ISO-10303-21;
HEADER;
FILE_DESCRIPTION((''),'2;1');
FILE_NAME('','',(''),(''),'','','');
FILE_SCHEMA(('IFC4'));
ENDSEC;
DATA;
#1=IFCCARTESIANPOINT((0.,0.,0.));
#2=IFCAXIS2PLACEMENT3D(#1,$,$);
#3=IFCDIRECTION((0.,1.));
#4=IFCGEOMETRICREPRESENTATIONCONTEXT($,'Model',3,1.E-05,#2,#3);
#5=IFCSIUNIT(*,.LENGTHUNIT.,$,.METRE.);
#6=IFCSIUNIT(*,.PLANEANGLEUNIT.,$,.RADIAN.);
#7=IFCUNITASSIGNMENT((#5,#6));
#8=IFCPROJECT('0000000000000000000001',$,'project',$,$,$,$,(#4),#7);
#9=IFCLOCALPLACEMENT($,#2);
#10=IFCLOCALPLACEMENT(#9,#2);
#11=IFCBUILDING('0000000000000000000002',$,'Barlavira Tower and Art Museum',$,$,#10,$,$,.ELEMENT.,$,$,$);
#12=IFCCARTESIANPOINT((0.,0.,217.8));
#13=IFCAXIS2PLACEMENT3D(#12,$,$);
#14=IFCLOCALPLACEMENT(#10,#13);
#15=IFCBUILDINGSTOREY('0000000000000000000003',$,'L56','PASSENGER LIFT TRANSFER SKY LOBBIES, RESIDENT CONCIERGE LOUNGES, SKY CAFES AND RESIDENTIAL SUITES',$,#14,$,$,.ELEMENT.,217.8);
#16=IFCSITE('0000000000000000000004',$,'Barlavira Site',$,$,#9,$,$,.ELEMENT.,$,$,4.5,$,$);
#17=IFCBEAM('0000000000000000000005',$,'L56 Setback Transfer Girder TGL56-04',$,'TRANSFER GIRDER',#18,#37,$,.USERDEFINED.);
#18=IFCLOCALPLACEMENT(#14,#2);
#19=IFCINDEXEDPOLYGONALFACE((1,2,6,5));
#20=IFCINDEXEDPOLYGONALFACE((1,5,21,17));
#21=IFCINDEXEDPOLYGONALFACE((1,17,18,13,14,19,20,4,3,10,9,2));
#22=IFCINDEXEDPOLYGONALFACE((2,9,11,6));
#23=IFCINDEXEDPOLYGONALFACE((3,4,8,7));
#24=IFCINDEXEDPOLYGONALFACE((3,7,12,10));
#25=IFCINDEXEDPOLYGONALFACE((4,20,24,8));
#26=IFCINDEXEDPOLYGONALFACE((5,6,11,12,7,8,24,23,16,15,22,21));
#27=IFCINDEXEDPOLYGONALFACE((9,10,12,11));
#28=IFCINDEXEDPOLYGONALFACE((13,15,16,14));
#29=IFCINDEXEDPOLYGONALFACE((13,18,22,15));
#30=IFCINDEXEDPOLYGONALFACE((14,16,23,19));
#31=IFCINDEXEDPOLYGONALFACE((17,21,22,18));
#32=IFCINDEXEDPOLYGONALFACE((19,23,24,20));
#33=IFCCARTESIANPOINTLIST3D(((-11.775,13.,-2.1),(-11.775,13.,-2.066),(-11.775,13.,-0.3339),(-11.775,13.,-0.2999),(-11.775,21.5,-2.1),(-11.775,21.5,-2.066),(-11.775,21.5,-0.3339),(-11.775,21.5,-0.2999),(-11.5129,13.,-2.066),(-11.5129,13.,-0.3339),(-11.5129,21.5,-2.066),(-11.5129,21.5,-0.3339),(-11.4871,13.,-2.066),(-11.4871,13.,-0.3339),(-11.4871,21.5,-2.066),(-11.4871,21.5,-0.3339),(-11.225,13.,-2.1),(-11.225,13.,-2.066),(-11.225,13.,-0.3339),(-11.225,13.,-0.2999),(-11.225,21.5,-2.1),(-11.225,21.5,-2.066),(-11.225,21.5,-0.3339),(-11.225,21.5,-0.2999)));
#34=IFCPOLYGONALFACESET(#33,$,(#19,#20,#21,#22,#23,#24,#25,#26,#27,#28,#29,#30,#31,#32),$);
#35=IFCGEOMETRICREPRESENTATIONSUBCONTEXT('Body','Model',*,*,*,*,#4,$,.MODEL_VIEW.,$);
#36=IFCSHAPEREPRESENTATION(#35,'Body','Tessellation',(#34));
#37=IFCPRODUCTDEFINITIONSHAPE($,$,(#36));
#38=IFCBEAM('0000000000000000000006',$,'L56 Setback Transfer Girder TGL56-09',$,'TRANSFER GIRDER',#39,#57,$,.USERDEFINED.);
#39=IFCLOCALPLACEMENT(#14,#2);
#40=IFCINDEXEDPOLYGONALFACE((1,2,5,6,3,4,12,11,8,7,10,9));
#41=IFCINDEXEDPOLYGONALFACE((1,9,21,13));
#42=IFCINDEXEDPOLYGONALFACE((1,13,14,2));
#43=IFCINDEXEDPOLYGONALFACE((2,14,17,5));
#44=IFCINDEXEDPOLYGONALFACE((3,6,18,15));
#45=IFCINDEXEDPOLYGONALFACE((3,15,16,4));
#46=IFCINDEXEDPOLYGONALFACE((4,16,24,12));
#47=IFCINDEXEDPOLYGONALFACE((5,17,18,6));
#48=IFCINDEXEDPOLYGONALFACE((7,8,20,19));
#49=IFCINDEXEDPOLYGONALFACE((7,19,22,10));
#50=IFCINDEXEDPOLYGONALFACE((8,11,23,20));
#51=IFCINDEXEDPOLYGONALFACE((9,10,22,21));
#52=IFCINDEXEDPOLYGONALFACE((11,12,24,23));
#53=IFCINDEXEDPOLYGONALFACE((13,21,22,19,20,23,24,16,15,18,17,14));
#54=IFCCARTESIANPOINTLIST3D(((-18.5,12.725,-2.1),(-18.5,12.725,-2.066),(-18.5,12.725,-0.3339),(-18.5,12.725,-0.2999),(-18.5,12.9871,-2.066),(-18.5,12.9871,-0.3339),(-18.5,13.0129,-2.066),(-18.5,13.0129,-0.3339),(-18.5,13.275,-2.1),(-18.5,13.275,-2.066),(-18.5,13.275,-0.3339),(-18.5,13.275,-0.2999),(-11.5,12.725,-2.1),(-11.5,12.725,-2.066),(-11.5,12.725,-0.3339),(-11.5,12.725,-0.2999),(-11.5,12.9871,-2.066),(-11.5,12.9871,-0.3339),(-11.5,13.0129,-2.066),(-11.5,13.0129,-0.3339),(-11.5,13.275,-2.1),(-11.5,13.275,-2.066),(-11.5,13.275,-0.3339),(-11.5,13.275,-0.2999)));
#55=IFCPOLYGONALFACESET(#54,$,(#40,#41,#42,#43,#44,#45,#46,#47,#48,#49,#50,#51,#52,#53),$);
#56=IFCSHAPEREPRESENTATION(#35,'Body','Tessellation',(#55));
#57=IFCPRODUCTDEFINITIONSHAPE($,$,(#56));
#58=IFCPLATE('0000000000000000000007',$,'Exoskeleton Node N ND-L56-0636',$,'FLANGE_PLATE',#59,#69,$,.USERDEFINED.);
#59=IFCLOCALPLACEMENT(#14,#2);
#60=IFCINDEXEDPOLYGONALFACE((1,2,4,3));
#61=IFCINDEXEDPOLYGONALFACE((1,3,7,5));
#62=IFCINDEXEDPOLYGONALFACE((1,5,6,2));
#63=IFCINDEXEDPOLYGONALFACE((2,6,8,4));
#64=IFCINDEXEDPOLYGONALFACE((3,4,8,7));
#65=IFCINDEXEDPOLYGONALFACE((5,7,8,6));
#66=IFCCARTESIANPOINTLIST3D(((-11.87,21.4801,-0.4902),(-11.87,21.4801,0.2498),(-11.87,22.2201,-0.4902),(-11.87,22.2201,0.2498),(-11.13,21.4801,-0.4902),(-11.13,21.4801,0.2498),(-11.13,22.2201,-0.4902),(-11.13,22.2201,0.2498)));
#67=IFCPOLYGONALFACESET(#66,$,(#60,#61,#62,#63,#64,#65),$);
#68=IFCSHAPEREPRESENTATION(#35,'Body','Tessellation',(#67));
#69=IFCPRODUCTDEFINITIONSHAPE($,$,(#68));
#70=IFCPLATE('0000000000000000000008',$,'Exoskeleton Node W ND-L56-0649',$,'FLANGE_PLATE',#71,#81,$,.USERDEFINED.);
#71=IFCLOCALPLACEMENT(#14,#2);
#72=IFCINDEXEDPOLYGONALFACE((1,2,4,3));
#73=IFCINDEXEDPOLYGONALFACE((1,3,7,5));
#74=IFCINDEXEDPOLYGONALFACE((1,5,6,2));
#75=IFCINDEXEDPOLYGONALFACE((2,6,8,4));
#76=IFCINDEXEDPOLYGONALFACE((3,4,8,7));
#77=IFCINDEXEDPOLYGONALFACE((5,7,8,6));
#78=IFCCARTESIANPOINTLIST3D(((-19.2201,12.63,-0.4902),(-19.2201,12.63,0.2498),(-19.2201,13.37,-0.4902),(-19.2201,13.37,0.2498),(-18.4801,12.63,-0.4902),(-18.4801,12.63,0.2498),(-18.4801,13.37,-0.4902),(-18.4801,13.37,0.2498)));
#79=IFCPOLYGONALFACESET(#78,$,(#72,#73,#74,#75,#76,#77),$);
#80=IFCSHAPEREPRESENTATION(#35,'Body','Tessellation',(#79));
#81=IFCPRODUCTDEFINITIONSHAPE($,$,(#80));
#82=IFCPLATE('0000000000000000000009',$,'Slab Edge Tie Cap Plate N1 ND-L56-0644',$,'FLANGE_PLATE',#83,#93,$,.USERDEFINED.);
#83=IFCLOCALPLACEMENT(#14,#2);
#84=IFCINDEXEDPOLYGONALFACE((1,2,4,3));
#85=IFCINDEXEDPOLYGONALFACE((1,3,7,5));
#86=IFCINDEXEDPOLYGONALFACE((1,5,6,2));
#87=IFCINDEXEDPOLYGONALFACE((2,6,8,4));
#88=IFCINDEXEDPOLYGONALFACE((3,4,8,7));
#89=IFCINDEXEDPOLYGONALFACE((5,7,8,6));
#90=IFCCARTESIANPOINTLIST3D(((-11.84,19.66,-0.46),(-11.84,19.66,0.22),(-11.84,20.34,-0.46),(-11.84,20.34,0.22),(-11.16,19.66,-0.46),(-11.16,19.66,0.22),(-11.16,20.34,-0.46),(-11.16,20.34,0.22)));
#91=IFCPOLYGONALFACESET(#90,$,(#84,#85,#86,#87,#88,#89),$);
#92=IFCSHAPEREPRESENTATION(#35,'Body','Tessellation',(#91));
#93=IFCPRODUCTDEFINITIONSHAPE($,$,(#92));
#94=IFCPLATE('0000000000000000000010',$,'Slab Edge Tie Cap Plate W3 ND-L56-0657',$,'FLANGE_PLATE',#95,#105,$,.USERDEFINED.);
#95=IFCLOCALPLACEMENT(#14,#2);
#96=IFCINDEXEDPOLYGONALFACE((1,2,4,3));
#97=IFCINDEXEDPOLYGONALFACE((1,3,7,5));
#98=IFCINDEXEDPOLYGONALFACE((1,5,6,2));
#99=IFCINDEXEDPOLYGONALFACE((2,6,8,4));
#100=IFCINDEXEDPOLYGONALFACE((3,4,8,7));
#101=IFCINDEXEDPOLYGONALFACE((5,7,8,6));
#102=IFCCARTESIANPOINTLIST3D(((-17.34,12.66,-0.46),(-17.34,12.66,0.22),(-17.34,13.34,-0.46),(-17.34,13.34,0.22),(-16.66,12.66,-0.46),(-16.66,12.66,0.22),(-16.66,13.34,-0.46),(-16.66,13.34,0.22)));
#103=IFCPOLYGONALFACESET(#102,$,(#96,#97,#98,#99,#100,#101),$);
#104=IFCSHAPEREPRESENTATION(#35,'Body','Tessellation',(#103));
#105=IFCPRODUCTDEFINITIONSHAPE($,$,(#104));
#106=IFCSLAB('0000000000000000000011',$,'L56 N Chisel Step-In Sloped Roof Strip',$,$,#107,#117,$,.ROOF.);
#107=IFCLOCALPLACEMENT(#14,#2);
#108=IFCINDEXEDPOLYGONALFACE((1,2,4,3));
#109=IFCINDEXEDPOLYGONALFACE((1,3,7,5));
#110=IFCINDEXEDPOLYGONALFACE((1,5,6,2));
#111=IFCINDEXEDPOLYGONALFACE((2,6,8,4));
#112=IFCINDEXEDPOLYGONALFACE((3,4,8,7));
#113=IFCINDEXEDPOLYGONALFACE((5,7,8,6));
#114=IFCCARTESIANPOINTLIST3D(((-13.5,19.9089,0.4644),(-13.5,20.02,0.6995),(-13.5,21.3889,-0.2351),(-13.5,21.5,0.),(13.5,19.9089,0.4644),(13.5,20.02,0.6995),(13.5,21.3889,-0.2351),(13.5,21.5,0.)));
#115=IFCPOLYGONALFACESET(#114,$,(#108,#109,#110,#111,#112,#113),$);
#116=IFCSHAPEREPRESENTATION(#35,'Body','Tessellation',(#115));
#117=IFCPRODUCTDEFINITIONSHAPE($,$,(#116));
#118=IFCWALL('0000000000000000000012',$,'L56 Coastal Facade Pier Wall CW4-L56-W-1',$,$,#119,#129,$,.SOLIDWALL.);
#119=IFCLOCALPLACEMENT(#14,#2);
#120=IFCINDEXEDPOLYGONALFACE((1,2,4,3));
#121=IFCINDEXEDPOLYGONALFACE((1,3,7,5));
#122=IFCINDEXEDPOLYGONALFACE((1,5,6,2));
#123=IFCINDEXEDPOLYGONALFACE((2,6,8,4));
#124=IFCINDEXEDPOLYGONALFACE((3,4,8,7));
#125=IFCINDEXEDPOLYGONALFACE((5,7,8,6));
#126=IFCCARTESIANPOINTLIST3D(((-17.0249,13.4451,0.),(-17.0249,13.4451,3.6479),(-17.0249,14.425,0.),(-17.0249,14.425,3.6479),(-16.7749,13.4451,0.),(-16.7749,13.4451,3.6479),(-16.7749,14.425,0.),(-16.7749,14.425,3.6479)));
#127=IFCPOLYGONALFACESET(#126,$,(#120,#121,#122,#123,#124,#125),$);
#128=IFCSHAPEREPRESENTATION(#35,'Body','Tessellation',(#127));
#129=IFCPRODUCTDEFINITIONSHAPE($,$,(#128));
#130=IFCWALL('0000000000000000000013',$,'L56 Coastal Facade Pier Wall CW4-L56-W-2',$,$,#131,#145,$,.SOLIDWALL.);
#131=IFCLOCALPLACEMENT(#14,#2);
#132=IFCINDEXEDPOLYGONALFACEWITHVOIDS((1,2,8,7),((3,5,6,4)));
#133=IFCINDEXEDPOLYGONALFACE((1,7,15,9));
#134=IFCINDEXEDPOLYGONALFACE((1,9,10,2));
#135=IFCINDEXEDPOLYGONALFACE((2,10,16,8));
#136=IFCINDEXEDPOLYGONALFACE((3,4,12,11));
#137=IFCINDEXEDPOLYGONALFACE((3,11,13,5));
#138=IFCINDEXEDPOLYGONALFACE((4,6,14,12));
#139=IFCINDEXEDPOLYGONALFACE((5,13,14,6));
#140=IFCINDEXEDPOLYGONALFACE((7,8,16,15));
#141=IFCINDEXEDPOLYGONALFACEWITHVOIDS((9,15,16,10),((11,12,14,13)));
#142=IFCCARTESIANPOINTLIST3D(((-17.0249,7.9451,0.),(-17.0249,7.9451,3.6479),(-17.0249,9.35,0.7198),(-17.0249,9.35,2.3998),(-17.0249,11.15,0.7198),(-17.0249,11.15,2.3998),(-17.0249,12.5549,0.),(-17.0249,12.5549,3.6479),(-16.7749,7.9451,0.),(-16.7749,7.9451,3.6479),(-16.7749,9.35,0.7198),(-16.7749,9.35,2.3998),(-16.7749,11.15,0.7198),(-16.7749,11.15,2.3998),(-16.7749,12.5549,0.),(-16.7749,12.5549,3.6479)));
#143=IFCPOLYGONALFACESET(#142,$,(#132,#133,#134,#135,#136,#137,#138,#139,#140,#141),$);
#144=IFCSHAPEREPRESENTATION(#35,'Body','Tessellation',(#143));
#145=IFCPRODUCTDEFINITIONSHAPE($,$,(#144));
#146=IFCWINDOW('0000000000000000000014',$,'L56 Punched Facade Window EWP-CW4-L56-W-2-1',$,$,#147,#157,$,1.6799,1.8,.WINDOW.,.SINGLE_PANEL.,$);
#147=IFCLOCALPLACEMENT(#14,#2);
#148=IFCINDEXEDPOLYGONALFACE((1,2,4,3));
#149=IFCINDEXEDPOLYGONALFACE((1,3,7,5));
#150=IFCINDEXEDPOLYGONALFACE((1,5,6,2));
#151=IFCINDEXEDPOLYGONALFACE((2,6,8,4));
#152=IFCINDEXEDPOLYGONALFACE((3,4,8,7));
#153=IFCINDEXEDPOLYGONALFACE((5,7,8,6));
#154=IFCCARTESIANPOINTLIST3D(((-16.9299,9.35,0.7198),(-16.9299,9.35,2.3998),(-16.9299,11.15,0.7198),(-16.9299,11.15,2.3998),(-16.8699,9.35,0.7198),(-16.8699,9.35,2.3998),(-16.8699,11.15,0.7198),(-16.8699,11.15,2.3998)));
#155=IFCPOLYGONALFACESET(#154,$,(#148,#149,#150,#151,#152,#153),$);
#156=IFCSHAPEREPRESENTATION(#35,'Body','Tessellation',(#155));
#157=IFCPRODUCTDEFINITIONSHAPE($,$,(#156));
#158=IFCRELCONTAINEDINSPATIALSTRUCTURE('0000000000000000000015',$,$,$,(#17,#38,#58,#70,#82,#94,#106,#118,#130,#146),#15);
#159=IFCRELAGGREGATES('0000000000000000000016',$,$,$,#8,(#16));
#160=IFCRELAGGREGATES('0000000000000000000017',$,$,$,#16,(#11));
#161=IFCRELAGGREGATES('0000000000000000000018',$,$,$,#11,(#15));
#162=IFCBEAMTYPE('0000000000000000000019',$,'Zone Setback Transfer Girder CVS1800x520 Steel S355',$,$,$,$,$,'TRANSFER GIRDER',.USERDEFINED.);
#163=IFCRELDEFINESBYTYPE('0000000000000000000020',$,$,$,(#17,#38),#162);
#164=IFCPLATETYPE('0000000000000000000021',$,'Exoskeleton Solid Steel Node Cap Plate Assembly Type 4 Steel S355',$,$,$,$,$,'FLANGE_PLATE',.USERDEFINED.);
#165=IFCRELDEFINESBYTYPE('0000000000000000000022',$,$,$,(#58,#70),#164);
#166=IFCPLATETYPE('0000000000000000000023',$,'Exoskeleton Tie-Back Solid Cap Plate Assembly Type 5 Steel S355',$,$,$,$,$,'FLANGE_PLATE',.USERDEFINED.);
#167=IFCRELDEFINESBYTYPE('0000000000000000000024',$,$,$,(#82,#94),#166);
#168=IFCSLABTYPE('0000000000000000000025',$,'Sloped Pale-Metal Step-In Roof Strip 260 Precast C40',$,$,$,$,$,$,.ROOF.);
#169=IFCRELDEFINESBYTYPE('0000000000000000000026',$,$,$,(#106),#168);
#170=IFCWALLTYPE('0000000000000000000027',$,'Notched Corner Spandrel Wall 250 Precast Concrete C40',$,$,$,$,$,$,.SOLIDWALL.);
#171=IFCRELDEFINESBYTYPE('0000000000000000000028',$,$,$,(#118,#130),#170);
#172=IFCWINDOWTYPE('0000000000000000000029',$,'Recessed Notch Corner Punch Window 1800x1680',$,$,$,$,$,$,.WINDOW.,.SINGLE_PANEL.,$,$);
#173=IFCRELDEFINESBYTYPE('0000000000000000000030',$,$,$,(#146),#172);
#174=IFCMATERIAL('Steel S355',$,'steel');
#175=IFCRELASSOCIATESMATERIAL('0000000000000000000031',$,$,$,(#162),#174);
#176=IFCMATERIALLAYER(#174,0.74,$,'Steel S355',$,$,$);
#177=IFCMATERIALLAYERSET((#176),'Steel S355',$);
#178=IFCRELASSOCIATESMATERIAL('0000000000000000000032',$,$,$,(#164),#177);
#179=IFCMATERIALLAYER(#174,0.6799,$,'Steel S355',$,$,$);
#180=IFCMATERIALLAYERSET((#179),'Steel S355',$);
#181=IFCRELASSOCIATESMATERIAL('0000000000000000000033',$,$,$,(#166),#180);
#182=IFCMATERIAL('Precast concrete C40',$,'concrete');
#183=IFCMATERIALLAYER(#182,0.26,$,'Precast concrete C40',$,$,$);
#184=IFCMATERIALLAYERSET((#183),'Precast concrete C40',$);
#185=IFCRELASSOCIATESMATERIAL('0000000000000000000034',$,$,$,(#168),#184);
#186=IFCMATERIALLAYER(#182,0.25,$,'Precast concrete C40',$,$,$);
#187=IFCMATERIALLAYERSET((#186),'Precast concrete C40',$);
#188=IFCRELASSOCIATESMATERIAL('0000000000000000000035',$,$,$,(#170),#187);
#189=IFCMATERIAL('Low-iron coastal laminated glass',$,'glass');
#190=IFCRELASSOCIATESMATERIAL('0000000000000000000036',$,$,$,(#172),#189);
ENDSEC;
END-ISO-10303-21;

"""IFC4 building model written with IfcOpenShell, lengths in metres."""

from ifc_helpers import new_model, si_unit, direction, frame, frame_2d, origin, origin_2d, place, context, subcontext, project, spatial, polyline, rectangle, i_section, outline, extrude, material, layer, layer_set, material_profile, profile_set, type_object, element, fill, save


model = new_model("IFC4")

# Units and contexts
model_context = context("Model", 3, precision=1e-05, world=origin(), true_north=direction((0.0, 1.0)))
body_context = subcontext(model_context, "Body", "Model", "MODEL_VIEW")
ifc_project = project(units=[si_unit("LENGTHUNIT", "METRE"), si_unit("PLANEANGLEUNIT", "RADIAN")], contexts=[model_context])

# Site, building, storey
site_placement = place(None, origin())
site = spatial("IfcSite", under=ifc_project, at=site_placement, Name="Barlavira Site", CompositionType="ELEMENT", RefElevation=4.5)
building_placement = place(site_placement, origin())
building = spatial("IfcBuilding", under=site, at=building_placement, Name="Barlavira Tower and Art Museum", CompositionType="ELEMENT")
storey_placement = place(building_placement, frame((0.0, 0.0, 217.8)))
storey = spatial("IfcBuildingStorey", under=building, at=storey_placement, Name="L56", Description="PASSENGER LIFT TRANSFER SKY LOBBIES, RESIDENT CONCIERGE LOUNGES, SKY CAFES AND RESIDENTIAL SUITES", CompositionType="ELEMENT", Elevation=217.8)

# Shared definitions
ifc_material_1 = material(Name="Steel S355", Category="steel")

# Beams
ifc_material_profile_1 = material_profile(ifc_material_1, i_section(OverallWidth=0.55, OverallDepth=1.8, WebThickness=0.0259, FlangeThickness=0.0339, at=origin_2d()), Name="CVS1800x520")
ifc_profile_set_1 = profile_set([ifc_material_profile_1], Name="Steel S355")
beam_type_1 = type_object("IfcBeamType", Name="Zone Setback Transfer Girder CVS1800x520 Steel S355", ElementType="TRANSFER GIRDER", PredefinedType="USERDEFINED", material=ifc_profile_set_1)
beam_1_placement = place(storey_placement, frame((-11.5, 13.0, -1.2), z_axis=(0.0, 1.0, 0.0), x_axis=(-1.0, 0.0, 0.0)))
element("IfcBeam", 1, at=beam_1_placement, inside=storey, type_object=beam_type_1, Name="L56 Setback Transfer Girder TGL56-04", ObjectType="TRANSFER GIRDER", PredefinedType="USERDEFINED", context=body_context, shape_type="SweptSolid", body=[
    extrude(i_section(OverallWidth=0.55, OverallDepth=1.8, WebThickness=0.0259, FlangeThickness=0.0339, at=origin_2d()), origin(), (0.0, 0.0, 1.0), 8.5),
])
beam_2_placement = place(storey_placement, frame((-18.5, 13.0, -1.2), z_axis=(1.0, 0.0, 0.0), x_axis=(0.0, 1.0, 0.0)))
element("IfcBeam", 2, at=beam_2_placement, inside=storey, type_object=beam_type_1, Name="L56 Setback Transfer Girder TGL56-09", ObjectType="TRANSFER GIRDER", PredefinedType="USERDEFINED", context=body_context, shape_type="SweptSolid", body=[
    extrude(i_section(OverallWidth=0.55, OverallDepth=1.8, WebThickness=0.0259, FlangeThickness=0.0339, at=origin_2d()), origin(), (0.0, 0.0, 1.0), 7.0),
])

# Plates
ifc_layer_1 = layer(ifc_material_1, 0.74, Name="Steel S355")
ifc_layer_set_1 = layer_set([ifc_layer_1], Name="Steel S355")
plate_type_1 = type_object("IfcPlateType", Name="Exoskeleton Solid Steel Node Cap Plate Assembly Type 4 Steel S355", ElementType="FLANGE_PLATE", PredefinedType="USERDEFINED", material=ifc_layer_set_1)
for number, where, z_axis, x_axis, name in (
    (3, (-11.5, 21.8501, -0.4902), (0.0, 0.0, 1.0), (1.0, 0.0, 0.0), "Exoskeleton Node N ND-L56-0636"),
    (4, (-18.8501, 13.0, -0.4902), (0.0, 0.0, 1.0), (1.0, 0.0, 0.0), "Exoskeleton Node W ND-L56-0649"),
):
    element("IfcPlate", number, at=place(storey_placement, frame(where, z_axis=z_axis, x_axis=x_axis)), inside=storey, type_object=plate_type_1, Name=name, ObjectType="FLANGE_PLATE", PredefinedType="USERDEFINED", context=body_context, shape_type="SweptSolid", body=[
        extrude(rectangle(XDim=0.74, YDim=0.74, at=origin_2d()), origin(), (0.0, 0.0, 1.0), 0.74),
    ])
ifc_layer_2 = layer(ifc_material_1, 0.6799, Name="Steel S355")
ifc_layer_set_2 = layer_set([ifc_layer_2], Name="Steel S355")
plate_type_2 = type_object("IfcPlateType", Name="Exoskeleton Tie-Back Solid Cap Plate Assembly Type 5 Steel S355", ElementType="FLANGE_PLATE", PredefinedType="USERDEFINED", material=ifc_layer_set_2)
for number, where, z_axis, x_axis, name in (
    (5, (-11.5, 20.0, -0.46), (0.0, 0.0, 1.0), (1.0, 0.0, 0.0), "Slab Edge Tie Cap Plate N1 ND-L56-0644"),
    (6, (-17.0, 13.0, -0.46), (0.0, 0.0, 1.0), (1.0, 0.0, 0.0), "Slab Edge Tie Cap Plate W3 ND-L56-0657"),
):
    element("IfcPlate", number, at=place(storey_placement, frame(where, z_axis=z_axis, x_axis=x_axis)), inside=storey, type_object=plate_type_2, Name=name, ObjectType="FLANGE_PLATE", PredefinedType="USERDEFINED", context=body_context, shape_type="SweptSolid", body=[
        extrude(rectangle(XDim=0.6799, YDim=0.6799, at=origin_2d()), origin(), (0.0, 0.0, 1.0), 0.6799),
    ])

# Slab
ifc_material_2 = material(Name="Precast concrete C40", Category="concrete")
ifc_layer_3 = layer(ifc_material_2, 0.26, Name="Precast concrete C40")
ifc_layer_set_3 = layer_set([ifc_layer_3], Name="Precast concrete C40")
slab_type = type_object("IfcSlabType", Name="Sloped Pale-Metal Step-In Roof Strip 260 Precast C40", PredefinedType="ROOF", material=ifc_layer_set_3)
slab_placement = place(storey_placement, frame((-13.5, 21.5, 0.0), z_axis=(0.0, 0.427298, 0.904111), x_axis=(1.0, 0.0, 0.0)))
element("IfcSlab", 7, at=slab_placement, inside=storey, type_object=slab_type, Name="L56 N Chisel Step-In Sloped Roof Strip", PredefinedType="ROOF", context=body_context, shape_type="SweptSolid", body=[
    extrude(outline(polyline([(0.0, 0.0), (27.0, 0.0), (27.0, -1.6369), (0.0, -1.6369), (0.0, 0.0)])), origin(), (0.0, 0.0, -1.0), 0.26),
])

# Wall
ifc_layer_4 = layer(ifc_material_2, 0.25, Name="Precast concrete C40")
ifc_layer_set_4 = layer_set([ifc_layer_4], Name="Precast concrete C40")
wall_type = type_object("IfcWallType", Name="Notched Corner Spandrel Wall 250 Precast Concrete C40", PredefinedType="SOLIDWALL", material=ifc_layer_set_4)
wall_1_placement = place(storey_placement, frame((-16.8999, 14.425, 0.0), z_axis=(0.0, 0.0, 1.0), x_axis=(0.0, -1.0, 0.0)))
element("IfcWall", 8, at=wall_1_placement, inside=storey, type_object=wall_type, Name="L56 Coastal Facade Pier Wall CW4-L56-W-1", PredefinedType="SOLIDWALL", context=body_context, shape_type="SweptSolid", body=[
    extrude(rectangle(XDim=0.98, YDim=0.25, at=frame_2d((0.49, 0.0))), origin(), (0.0, 0.0, 1.0), 3.6479),
])

# Wall, opening, window
wall_2_placement = place(storey_placement, frame((-16.8999, 12.5549, 0.0), z_axis=(0.0, 0.0, 1.0), x_axis=(0.0, -1.0, 0.0)))
wall_2 = element("IfcWall", 9, at=wall_2_placement, inside=storey, type_object=wall_type, Name="L56 Coastal Facade Pier Wall CW4-L56-W-2", PredefinedType="SOLIDWALL", context=body_context, shape_type="SweptSolid", body=[
    extrude(rectangle(XDim=4.6099, YDim=0.25, at=frame_2d((2.3049, 0.0))), origin(), (0.0, 0.0, 1.0), 3.6479),
])
opening_1_placement = place(wall_2_placement, frame((1.405, 0.0, 0.72)))
opening_1 = element("IfcOpeningElement", 10, at=opening_1_placement, cuts=wall_2, PredefinedType="OPENING", context=body_context, shape_type="SweptSolid", body=[
    extrude(rectangle(XDim=1.8, YDim=1.6799, at=frame_2d((0.8999, 0.8398))), frame((0.0, 0.135, 0.0), z_axis=(0.0, -1.0, 0.0), x_axis=(1.0, 0.0, 0.0)), (0.0, 0.0, 1.0), 0.27),
])
ifc_material_3 = material(Name="Low-iron coastal laminated glass", Category="glass")
window_type = type_object("IfcWindowType", Name="Recessed Notch Corner Punch Window 1800x1680", PartitioningType="SINGLE_PANEL", PredefinedType="WINDOW", material=ifc_material_3)
window_1_placement = place(opening_1_placement, origin())
window_1 = element("IfcWindow", 11, at=window_1_placement, inside=storey, type_object=window_type, Name="L56 Punched Facade Window EWP-CW4-L56-W-2-1", OverallHeight=1.6799, OverallWidth=1.8, PartitioningType="SINGLE_PANEL", PredefinedType="WINDOW", context=body_context, shape_type="SweptSolid", body=[
    extrude(rectangle(XDim=1.8, YDim=1.6799, at=frame_2d((0.8999, 0.8398))), frame((0.0, 0.03, 0.0), z_axis=(0.0, -1.0, 0.0), x_axis=(1.0, 0.0, 0.0)), (0.0, 0.0, 1.0), 0.0601),
])
fill(opening_1, window_1)

save(model, "model.ifc")
